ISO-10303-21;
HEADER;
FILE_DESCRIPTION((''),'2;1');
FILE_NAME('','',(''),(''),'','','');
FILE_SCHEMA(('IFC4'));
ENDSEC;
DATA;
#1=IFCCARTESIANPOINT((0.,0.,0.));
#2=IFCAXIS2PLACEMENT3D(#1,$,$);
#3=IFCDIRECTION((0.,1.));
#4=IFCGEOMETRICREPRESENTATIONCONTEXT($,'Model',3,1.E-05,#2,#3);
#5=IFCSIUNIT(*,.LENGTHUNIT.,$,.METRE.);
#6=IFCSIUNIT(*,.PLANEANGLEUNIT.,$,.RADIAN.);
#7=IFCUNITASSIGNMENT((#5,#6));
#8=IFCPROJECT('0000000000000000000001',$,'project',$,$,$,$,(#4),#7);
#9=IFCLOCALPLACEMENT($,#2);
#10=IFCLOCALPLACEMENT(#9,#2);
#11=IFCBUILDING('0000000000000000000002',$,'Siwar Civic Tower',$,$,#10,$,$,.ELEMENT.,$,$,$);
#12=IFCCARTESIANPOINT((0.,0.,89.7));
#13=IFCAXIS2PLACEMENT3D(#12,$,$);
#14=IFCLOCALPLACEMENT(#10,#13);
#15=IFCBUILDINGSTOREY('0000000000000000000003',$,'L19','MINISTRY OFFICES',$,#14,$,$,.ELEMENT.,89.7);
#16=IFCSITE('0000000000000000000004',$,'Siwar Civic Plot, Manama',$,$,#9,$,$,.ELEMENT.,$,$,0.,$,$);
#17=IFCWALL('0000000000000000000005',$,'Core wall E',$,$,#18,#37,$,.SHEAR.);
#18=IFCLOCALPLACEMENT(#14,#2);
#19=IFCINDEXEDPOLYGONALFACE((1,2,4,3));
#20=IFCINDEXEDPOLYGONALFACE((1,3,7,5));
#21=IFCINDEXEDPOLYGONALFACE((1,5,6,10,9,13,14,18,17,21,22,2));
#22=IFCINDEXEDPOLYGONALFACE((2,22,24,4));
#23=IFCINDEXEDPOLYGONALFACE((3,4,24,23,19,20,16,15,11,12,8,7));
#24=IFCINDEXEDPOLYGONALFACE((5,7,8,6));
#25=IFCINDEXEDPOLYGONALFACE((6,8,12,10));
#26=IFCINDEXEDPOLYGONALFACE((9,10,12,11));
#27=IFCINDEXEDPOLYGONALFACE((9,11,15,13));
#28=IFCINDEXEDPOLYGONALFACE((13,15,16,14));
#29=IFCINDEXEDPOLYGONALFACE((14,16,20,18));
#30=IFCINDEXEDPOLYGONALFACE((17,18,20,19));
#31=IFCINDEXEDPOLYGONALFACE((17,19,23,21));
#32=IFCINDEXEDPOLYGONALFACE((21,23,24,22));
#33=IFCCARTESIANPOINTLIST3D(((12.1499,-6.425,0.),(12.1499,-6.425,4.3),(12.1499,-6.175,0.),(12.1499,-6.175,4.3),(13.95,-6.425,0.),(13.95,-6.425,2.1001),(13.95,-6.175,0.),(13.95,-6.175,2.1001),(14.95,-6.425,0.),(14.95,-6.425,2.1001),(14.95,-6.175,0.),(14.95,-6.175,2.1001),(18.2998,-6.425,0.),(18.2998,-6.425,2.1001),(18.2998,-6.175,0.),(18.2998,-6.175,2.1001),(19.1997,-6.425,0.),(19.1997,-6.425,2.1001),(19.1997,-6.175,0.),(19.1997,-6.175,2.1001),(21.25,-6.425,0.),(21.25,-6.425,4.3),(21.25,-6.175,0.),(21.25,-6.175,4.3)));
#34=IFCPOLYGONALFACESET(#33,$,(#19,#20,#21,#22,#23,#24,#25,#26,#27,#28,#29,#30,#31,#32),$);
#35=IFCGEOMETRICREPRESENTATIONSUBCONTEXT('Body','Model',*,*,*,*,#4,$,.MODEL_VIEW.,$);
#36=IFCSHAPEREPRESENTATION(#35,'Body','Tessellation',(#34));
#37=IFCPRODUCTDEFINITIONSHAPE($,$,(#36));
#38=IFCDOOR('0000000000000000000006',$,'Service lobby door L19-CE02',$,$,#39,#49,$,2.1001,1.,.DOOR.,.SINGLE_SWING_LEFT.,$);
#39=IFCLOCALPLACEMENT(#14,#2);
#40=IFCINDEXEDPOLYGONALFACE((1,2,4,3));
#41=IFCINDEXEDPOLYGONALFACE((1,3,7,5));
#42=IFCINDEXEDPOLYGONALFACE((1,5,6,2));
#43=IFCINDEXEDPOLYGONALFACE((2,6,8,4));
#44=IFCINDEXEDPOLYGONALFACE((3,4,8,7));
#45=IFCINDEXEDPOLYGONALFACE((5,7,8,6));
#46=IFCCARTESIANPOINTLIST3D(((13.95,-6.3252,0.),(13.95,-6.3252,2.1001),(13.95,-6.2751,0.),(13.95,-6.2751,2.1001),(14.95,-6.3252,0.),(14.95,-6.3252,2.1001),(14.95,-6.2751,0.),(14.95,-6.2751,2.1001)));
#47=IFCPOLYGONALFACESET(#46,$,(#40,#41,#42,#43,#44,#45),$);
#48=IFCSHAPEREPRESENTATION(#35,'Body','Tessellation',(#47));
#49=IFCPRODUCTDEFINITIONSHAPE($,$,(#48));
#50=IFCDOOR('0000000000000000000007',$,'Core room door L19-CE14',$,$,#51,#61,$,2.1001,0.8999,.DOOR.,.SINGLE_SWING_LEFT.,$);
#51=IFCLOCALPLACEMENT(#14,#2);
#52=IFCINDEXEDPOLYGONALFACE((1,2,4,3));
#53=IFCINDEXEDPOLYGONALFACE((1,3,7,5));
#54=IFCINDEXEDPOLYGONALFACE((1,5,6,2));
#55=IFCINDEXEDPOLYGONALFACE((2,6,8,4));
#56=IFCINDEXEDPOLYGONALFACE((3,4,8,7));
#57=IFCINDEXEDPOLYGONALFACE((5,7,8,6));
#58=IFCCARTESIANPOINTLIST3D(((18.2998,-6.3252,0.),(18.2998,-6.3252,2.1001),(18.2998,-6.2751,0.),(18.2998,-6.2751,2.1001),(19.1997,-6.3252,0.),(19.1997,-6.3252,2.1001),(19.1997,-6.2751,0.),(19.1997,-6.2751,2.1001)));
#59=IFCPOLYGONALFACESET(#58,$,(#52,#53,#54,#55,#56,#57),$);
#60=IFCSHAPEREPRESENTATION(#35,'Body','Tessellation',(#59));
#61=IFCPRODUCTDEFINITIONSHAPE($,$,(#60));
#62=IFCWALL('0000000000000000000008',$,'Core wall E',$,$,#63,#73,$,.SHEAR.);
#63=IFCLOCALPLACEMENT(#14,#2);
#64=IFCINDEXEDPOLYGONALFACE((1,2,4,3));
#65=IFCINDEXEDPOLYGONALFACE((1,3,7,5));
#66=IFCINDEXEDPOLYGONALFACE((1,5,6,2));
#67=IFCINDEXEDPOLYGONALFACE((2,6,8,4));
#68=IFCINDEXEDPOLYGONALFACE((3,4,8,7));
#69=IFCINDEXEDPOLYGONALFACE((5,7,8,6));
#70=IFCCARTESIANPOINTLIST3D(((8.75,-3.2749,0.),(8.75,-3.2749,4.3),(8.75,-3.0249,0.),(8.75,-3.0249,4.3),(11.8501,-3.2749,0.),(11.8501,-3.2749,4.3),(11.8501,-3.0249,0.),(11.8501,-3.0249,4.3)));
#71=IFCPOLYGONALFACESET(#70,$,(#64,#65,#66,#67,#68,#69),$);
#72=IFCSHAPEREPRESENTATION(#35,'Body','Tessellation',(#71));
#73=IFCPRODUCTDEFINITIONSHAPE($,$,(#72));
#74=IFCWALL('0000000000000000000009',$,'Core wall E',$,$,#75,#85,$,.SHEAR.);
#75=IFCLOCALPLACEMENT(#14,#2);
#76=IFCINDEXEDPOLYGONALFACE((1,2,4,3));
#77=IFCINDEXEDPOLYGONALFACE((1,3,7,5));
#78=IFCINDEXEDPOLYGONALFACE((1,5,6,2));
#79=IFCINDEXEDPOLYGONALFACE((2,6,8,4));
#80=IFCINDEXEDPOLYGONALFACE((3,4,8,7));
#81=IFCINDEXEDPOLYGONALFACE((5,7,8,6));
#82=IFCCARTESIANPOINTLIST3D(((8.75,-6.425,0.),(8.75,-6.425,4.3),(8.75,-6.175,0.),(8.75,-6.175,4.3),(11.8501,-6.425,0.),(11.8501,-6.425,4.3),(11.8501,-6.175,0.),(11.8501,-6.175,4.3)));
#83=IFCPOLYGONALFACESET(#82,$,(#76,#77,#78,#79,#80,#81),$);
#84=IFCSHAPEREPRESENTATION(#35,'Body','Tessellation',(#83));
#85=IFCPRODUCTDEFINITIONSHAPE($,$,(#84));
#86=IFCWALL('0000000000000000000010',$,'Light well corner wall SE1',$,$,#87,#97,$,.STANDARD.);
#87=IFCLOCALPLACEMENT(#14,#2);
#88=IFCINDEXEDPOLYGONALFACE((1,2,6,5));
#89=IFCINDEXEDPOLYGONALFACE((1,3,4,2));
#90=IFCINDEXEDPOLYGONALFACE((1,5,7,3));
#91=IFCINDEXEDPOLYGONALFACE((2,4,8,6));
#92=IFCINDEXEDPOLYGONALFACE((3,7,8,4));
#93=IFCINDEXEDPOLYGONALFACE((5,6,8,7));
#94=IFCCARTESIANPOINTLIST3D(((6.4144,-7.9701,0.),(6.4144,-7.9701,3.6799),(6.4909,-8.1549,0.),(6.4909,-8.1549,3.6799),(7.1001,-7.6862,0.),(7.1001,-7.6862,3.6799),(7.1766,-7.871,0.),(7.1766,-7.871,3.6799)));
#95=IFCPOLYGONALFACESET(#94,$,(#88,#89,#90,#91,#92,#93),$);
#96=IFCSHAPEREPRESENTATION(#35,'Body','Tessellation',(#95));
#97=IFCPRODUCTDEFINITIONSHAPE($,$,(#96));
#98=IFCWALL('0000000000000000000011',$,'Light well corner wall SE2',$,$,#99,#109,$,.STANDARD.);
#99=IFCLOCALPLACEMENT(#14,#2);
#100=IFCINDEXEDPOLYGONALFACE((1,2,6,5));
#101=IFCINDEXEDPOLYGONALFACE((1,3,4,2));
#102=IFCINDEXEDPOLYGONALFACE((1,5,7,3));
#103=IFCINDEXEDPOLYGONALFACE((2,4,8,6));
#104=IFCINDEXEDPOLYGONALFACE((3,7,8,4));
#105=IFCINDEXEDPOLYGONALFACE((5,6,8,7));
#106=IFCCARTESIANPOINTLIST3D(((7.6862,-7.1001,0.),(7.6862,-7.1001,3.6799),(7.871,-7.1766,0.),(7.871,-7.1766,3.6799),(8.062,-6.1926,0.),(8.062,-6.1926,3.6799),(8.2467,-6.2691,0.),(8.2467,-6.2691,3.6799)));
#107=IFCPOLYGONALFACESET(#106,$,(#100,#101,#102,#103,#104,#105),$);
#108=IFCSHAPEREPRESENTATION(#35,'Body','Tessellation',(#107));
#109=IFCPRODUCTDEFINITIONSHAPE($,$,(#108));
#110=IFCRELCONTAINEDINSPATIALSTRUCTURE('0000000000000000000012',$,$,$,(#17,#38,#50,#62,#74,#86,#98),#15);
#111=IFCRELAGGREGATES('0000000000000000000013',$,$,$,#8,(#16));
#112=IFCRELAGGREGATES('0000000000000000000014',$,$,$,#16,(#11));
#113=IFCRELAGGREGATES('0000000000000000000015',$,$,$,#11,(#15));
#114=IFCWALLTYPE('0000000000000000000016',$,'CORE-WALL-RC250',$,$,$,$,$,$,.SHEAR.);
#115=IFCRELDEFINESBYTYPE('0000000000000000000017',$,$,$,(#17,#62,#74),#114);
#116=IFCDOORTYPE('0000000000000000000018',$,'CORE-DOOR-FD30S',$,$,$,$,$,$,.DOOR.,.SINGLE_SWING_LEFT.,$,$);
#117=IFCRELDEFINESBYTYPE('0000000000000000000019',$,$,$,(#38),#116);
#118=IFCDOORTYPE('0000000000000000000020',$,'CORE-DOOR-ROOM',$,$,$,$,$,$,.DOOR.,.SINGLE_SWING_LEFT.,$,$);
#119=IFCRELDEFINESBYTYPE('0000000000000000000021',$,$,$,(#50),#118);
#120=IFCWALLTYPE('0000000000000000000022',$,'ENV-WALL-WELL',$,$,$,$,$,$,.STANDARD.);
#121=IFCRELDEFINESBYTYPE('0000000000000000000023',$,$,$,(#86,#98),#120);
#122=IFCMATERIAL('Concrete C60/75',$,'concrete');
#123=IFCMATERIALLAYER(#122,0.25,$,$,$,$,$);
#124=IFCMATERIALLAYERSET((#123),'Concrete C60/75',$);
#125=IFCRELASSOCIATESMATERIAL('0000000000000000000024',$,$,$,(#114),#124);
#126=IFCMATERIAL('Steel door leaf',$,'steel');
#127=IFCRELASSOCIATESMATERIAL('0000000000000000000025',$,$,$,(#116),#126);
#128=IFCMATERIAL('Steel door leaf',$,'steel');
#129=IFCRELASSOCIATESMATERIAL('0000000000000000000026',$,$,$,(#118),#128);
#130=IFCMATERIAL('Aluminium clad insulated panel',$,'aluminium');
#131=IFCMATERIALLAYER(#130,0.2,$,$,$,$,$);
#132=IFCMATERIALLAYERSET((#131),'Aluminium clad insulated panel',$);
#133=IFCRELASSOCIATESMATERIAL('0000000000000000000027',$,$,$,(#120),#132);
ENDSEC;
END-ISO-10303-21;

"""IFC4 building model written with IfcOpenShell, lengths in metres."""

from ifc_helpers import new_model, si_unit, direction, frame, frame_2d, origin, place, context, subcontext, project, spatial, rectangle, extrude, material, layer, layer_set, type_object, element, fill, save


model = new_model("IFC4")

# Units and contexts
model_context = context("Model", 3, precision=1e-05, world=origin(), true_north=direction((0.0, 1.0)))
body_context = subcontext(model_context, "Body", "Model", "MODEL_VIEW")
ifc_project = project(units=[si_unit("LENGTHUNIT", "METRE"), si_unit("PLANEANGLEUNIT", "RADIAN")], contexts=[model_context])

# Site, building, storey
site_placement = place(None, origin())
site = spatial("IfcSite", under=ifc_project, at=site_placement, Name="Siwar Civic Plot, Manama", CompositionType="ELEMENT", RefElevation=0.0)
building_placement = place(site_placement, origin())
building = spatial("IfcBuilding", under=site, at=building_placement, Name="Siwar Civic Tower", CompositionType="ELEMENT")
storey_placement = place(building_placement, frame((0.0, 0.0, 89.7)))
storey = spatial("IfcBuildingStorey", under=building, at=storey_placement, Name="L19", Description="MINISTRY OFFICES", CompositionType="ELEMENT", Elevation=89.7)

# Wall, openings, doors
ifc_material_1 = material(Name="Concrete C60/75", Category="concrete")
ifc_layer_1 = layer(ifc_material_1, 0.25)
ifc_layer_set_1 = layer_set([ifc_layer_1], Name="Concrete C60/75")
wall_type_1 = type_object("IfcWallType", Name="CORE-WALL-RC250", PredefinedType="SHEAR", material=ifc_layer_set_1)
wall_1_placement = place(storey_placement, frame((12.1499, -6.3, 0.0), z_axis=(0.0, 0.0, 1.0), x_axis=(1.0, 0.0, 0.0)))
wall_1 = element("IfcWall", 1, at=wall_1_placement, inside=storey, type_object=wall_type_1, Name="Core wall E", PredefinedType="SHEAR", context=body_context, shape_type="SweptSolid", body=[
    extrude(rectangle(XDim=9.1001, YDim=0.25, at=frame_2d((4.55, 0.0))), origin(), (0.0, 0.0, 1.0), 4.3),
])
opening_1_placement = place(wall_1_placement, frame((1.8, 0.0, 0.0)))
opening_1 = element("IfcOpeningElement", 2, at=opening_1_placement, cuts=wall_1, PredefinedType="OPENING", context=body_context, shape_type="SweptSolid", body=[
    extrude(rectangle(XDim=1.0, YDim=2.1001, at=frame_2d((0.5, 1.05))), frame((0.0, 0.135, 0.0), z_axis=(0.0, -1.0, 0.0), x_axis=(1.0, 0.0, 0.0)), (0.0, 0.0, 1.0), 0.27),
])
opening_2_placement = place(wall_1_placement, frame((6.1499, 0.0, 0.0)))
opening_2 = element("IfcOpeningElement", 3, at=opening_2_placement, cuts=wall_1, PredefinedType="OPENING", context=body_context, shape_type="SweptSolid", body=[
    extrude(rectangle(XDim=0.8999, YDim=2.1001, at=frame_2d((0.45, 1.05))), frame((0.0, 0.135, 0.0), z_axis=(0.0, -1.0, 0.0), x_axis=(1.0, 0.0, 0.0)), (0.0, 0.0, 1.0), 0.27),
])
ifc_material_2 = material(Name="Steel door leaf", Category="steel")
door_type_1 = type_object("IfcDoorType", Name="CORE-DOOR-FD30S", OperationType="SINGLE_SWING_LEFT", PredefinedType="DOOR", material=ifc_material_2)
door_1_placement = place(opening_1_placement, origin())
door_1 = element("IfcDoor", 4, at=door_1_placement, inside=storey, type_object=door_type_1, Name="Service lobby door L19-CE02", OperationType="SINGLE_SWING_LEFT", OverallHeight=2.1001, OverallWidth=1.0, PredefinedType="DOOR", context=body_context, shape_type="SweptSolid", body=[
    extrude(rectangle(XDim=1.0, YDim=2.1001, at=frame_2d((0.5, 1.05))), frame((0.0, 0.0249, 0.0), z_axis=(0.0, -1.0, 0.0), x_axis=(1.0, 0.0, 0.0)), (0.0, 0.0, 1.0), 0.05),
])
fill(opening_1, door_1)
ifc_material_3 = material(Name="Steel door leaf", Category="steel")
door_type_2 = type_object("IfcDoorType", Name="CORE-DOOR-ROOM", OperationType="SINGLE_SWING_LEFT", PredefinedType="DOOR", material=ifc_material_3)
door_2_placement = place(opening_2_placement, origin())
door_2 = element("IfcDoor", 5, at=door_2_placement, inside=storey, type_object=door_type_2, Name="Core room door L19-CE14", OperationType="SINGLE_SWING_LEFT", OverallHeight=2.1001, OverallWidth=0.8999, PredefinedType="DOOR", context=body_context, shape_type="SweptSolid", body=[
    extrude(rectangle(XDim=0.8999, YDim=2.1001, at=frame_2d((0.45, 1.05))), frame((0.0, 0.0249, 0.0), z_axis=(0.0, -1.0, 0.0), x_axis=(1.0, 0.0, 0.0)), (0.0, 0.0, 1.0), 0.05),
])
fill(opening_2, door_2)

# Walls
for number, where, z_axis, x_axis, name in (
    (6, (8.75, -3.1499, 0.0), (0.0, 0.0, 1.0), (1.0, 0.0, 0.0), "Core wall E"),
    (7, (8.75, -6.3, 0.0), (0.0, 0.0, 1.0), (1.0, 0.0, 0.0), "Core wall E"),
):
    element("IfcWall", number, at=place(storey_placement, frame(where, z_axis=z_axis, x_axis=x_axis)), inside=storey, type_object=wall_type_1, Name=name, PredefinedType="SHEAR", context=body_context, shape_type="SweptSolid", body=[
        extrude(rectangle(XDim=3.1001, YDim=0.25, at=frame_2d((1.55, 0.0))), origin(), (0.0, 0.0, 1.0), 4.3),
    ])
ifc_material_4 = material(Name="Aluminium clad insulated panel", Category="aluminium")
ifc_layer_2 = layer(ifc_material_4, 0.2)
ifc_layer_set_2 = layer_set([ifc_layer_2], Name="Aluminium clad insulated panel")
wall_type_2 = type_object("IfcWallType", Name="ENV-WALL-WELL", PredefinedType="STANDARD", material=ifc_layer_set_2)
wall_2_placement = place(storey_placement, frame((6.4526, -8.0625, 0.0), z_axis=(0.0, 0.0, 1.0), x_axis=(0.923941, 0.382536, 0.0)))
element("IfcWall", 8, at=wall_2_placement, inside=storey, type_object=wall_type_2, Name="Light well corner wall SE1", PredefinedType="STANDARD", context=body_context, shape_type="SweptSolid", body=[
    extrude(rectangle(XDim=0.7422, YDim=0.2, at=frame_2d((0.3711, 0.0))), origin(), (0.0, 0.0, 1.0), 3.6799),
])
wall_3_placement = place(storey_placement, frame((7.7786, -7.1384, 0.0), z_axis=(0.0, 0.0, 1.0), x_axis=(0.382549, 0.923935, 0.0)))
element("IfcWall", 9, at=wall_3_placement, inside=storey, type_object=wall_type_2, Name="Light well corner wall SE2", PredefinedType="STANDARD", context=body_context, shape_type="SweptSolid", body=[
    extrude(rectangle(XDim=0.9822, YDim=0.2, at=frame_2d((0.4912, 0.0))), origin(), (0.0, 0.0, 1.0), 3.6799),
])

save(model, "model.ifc")
